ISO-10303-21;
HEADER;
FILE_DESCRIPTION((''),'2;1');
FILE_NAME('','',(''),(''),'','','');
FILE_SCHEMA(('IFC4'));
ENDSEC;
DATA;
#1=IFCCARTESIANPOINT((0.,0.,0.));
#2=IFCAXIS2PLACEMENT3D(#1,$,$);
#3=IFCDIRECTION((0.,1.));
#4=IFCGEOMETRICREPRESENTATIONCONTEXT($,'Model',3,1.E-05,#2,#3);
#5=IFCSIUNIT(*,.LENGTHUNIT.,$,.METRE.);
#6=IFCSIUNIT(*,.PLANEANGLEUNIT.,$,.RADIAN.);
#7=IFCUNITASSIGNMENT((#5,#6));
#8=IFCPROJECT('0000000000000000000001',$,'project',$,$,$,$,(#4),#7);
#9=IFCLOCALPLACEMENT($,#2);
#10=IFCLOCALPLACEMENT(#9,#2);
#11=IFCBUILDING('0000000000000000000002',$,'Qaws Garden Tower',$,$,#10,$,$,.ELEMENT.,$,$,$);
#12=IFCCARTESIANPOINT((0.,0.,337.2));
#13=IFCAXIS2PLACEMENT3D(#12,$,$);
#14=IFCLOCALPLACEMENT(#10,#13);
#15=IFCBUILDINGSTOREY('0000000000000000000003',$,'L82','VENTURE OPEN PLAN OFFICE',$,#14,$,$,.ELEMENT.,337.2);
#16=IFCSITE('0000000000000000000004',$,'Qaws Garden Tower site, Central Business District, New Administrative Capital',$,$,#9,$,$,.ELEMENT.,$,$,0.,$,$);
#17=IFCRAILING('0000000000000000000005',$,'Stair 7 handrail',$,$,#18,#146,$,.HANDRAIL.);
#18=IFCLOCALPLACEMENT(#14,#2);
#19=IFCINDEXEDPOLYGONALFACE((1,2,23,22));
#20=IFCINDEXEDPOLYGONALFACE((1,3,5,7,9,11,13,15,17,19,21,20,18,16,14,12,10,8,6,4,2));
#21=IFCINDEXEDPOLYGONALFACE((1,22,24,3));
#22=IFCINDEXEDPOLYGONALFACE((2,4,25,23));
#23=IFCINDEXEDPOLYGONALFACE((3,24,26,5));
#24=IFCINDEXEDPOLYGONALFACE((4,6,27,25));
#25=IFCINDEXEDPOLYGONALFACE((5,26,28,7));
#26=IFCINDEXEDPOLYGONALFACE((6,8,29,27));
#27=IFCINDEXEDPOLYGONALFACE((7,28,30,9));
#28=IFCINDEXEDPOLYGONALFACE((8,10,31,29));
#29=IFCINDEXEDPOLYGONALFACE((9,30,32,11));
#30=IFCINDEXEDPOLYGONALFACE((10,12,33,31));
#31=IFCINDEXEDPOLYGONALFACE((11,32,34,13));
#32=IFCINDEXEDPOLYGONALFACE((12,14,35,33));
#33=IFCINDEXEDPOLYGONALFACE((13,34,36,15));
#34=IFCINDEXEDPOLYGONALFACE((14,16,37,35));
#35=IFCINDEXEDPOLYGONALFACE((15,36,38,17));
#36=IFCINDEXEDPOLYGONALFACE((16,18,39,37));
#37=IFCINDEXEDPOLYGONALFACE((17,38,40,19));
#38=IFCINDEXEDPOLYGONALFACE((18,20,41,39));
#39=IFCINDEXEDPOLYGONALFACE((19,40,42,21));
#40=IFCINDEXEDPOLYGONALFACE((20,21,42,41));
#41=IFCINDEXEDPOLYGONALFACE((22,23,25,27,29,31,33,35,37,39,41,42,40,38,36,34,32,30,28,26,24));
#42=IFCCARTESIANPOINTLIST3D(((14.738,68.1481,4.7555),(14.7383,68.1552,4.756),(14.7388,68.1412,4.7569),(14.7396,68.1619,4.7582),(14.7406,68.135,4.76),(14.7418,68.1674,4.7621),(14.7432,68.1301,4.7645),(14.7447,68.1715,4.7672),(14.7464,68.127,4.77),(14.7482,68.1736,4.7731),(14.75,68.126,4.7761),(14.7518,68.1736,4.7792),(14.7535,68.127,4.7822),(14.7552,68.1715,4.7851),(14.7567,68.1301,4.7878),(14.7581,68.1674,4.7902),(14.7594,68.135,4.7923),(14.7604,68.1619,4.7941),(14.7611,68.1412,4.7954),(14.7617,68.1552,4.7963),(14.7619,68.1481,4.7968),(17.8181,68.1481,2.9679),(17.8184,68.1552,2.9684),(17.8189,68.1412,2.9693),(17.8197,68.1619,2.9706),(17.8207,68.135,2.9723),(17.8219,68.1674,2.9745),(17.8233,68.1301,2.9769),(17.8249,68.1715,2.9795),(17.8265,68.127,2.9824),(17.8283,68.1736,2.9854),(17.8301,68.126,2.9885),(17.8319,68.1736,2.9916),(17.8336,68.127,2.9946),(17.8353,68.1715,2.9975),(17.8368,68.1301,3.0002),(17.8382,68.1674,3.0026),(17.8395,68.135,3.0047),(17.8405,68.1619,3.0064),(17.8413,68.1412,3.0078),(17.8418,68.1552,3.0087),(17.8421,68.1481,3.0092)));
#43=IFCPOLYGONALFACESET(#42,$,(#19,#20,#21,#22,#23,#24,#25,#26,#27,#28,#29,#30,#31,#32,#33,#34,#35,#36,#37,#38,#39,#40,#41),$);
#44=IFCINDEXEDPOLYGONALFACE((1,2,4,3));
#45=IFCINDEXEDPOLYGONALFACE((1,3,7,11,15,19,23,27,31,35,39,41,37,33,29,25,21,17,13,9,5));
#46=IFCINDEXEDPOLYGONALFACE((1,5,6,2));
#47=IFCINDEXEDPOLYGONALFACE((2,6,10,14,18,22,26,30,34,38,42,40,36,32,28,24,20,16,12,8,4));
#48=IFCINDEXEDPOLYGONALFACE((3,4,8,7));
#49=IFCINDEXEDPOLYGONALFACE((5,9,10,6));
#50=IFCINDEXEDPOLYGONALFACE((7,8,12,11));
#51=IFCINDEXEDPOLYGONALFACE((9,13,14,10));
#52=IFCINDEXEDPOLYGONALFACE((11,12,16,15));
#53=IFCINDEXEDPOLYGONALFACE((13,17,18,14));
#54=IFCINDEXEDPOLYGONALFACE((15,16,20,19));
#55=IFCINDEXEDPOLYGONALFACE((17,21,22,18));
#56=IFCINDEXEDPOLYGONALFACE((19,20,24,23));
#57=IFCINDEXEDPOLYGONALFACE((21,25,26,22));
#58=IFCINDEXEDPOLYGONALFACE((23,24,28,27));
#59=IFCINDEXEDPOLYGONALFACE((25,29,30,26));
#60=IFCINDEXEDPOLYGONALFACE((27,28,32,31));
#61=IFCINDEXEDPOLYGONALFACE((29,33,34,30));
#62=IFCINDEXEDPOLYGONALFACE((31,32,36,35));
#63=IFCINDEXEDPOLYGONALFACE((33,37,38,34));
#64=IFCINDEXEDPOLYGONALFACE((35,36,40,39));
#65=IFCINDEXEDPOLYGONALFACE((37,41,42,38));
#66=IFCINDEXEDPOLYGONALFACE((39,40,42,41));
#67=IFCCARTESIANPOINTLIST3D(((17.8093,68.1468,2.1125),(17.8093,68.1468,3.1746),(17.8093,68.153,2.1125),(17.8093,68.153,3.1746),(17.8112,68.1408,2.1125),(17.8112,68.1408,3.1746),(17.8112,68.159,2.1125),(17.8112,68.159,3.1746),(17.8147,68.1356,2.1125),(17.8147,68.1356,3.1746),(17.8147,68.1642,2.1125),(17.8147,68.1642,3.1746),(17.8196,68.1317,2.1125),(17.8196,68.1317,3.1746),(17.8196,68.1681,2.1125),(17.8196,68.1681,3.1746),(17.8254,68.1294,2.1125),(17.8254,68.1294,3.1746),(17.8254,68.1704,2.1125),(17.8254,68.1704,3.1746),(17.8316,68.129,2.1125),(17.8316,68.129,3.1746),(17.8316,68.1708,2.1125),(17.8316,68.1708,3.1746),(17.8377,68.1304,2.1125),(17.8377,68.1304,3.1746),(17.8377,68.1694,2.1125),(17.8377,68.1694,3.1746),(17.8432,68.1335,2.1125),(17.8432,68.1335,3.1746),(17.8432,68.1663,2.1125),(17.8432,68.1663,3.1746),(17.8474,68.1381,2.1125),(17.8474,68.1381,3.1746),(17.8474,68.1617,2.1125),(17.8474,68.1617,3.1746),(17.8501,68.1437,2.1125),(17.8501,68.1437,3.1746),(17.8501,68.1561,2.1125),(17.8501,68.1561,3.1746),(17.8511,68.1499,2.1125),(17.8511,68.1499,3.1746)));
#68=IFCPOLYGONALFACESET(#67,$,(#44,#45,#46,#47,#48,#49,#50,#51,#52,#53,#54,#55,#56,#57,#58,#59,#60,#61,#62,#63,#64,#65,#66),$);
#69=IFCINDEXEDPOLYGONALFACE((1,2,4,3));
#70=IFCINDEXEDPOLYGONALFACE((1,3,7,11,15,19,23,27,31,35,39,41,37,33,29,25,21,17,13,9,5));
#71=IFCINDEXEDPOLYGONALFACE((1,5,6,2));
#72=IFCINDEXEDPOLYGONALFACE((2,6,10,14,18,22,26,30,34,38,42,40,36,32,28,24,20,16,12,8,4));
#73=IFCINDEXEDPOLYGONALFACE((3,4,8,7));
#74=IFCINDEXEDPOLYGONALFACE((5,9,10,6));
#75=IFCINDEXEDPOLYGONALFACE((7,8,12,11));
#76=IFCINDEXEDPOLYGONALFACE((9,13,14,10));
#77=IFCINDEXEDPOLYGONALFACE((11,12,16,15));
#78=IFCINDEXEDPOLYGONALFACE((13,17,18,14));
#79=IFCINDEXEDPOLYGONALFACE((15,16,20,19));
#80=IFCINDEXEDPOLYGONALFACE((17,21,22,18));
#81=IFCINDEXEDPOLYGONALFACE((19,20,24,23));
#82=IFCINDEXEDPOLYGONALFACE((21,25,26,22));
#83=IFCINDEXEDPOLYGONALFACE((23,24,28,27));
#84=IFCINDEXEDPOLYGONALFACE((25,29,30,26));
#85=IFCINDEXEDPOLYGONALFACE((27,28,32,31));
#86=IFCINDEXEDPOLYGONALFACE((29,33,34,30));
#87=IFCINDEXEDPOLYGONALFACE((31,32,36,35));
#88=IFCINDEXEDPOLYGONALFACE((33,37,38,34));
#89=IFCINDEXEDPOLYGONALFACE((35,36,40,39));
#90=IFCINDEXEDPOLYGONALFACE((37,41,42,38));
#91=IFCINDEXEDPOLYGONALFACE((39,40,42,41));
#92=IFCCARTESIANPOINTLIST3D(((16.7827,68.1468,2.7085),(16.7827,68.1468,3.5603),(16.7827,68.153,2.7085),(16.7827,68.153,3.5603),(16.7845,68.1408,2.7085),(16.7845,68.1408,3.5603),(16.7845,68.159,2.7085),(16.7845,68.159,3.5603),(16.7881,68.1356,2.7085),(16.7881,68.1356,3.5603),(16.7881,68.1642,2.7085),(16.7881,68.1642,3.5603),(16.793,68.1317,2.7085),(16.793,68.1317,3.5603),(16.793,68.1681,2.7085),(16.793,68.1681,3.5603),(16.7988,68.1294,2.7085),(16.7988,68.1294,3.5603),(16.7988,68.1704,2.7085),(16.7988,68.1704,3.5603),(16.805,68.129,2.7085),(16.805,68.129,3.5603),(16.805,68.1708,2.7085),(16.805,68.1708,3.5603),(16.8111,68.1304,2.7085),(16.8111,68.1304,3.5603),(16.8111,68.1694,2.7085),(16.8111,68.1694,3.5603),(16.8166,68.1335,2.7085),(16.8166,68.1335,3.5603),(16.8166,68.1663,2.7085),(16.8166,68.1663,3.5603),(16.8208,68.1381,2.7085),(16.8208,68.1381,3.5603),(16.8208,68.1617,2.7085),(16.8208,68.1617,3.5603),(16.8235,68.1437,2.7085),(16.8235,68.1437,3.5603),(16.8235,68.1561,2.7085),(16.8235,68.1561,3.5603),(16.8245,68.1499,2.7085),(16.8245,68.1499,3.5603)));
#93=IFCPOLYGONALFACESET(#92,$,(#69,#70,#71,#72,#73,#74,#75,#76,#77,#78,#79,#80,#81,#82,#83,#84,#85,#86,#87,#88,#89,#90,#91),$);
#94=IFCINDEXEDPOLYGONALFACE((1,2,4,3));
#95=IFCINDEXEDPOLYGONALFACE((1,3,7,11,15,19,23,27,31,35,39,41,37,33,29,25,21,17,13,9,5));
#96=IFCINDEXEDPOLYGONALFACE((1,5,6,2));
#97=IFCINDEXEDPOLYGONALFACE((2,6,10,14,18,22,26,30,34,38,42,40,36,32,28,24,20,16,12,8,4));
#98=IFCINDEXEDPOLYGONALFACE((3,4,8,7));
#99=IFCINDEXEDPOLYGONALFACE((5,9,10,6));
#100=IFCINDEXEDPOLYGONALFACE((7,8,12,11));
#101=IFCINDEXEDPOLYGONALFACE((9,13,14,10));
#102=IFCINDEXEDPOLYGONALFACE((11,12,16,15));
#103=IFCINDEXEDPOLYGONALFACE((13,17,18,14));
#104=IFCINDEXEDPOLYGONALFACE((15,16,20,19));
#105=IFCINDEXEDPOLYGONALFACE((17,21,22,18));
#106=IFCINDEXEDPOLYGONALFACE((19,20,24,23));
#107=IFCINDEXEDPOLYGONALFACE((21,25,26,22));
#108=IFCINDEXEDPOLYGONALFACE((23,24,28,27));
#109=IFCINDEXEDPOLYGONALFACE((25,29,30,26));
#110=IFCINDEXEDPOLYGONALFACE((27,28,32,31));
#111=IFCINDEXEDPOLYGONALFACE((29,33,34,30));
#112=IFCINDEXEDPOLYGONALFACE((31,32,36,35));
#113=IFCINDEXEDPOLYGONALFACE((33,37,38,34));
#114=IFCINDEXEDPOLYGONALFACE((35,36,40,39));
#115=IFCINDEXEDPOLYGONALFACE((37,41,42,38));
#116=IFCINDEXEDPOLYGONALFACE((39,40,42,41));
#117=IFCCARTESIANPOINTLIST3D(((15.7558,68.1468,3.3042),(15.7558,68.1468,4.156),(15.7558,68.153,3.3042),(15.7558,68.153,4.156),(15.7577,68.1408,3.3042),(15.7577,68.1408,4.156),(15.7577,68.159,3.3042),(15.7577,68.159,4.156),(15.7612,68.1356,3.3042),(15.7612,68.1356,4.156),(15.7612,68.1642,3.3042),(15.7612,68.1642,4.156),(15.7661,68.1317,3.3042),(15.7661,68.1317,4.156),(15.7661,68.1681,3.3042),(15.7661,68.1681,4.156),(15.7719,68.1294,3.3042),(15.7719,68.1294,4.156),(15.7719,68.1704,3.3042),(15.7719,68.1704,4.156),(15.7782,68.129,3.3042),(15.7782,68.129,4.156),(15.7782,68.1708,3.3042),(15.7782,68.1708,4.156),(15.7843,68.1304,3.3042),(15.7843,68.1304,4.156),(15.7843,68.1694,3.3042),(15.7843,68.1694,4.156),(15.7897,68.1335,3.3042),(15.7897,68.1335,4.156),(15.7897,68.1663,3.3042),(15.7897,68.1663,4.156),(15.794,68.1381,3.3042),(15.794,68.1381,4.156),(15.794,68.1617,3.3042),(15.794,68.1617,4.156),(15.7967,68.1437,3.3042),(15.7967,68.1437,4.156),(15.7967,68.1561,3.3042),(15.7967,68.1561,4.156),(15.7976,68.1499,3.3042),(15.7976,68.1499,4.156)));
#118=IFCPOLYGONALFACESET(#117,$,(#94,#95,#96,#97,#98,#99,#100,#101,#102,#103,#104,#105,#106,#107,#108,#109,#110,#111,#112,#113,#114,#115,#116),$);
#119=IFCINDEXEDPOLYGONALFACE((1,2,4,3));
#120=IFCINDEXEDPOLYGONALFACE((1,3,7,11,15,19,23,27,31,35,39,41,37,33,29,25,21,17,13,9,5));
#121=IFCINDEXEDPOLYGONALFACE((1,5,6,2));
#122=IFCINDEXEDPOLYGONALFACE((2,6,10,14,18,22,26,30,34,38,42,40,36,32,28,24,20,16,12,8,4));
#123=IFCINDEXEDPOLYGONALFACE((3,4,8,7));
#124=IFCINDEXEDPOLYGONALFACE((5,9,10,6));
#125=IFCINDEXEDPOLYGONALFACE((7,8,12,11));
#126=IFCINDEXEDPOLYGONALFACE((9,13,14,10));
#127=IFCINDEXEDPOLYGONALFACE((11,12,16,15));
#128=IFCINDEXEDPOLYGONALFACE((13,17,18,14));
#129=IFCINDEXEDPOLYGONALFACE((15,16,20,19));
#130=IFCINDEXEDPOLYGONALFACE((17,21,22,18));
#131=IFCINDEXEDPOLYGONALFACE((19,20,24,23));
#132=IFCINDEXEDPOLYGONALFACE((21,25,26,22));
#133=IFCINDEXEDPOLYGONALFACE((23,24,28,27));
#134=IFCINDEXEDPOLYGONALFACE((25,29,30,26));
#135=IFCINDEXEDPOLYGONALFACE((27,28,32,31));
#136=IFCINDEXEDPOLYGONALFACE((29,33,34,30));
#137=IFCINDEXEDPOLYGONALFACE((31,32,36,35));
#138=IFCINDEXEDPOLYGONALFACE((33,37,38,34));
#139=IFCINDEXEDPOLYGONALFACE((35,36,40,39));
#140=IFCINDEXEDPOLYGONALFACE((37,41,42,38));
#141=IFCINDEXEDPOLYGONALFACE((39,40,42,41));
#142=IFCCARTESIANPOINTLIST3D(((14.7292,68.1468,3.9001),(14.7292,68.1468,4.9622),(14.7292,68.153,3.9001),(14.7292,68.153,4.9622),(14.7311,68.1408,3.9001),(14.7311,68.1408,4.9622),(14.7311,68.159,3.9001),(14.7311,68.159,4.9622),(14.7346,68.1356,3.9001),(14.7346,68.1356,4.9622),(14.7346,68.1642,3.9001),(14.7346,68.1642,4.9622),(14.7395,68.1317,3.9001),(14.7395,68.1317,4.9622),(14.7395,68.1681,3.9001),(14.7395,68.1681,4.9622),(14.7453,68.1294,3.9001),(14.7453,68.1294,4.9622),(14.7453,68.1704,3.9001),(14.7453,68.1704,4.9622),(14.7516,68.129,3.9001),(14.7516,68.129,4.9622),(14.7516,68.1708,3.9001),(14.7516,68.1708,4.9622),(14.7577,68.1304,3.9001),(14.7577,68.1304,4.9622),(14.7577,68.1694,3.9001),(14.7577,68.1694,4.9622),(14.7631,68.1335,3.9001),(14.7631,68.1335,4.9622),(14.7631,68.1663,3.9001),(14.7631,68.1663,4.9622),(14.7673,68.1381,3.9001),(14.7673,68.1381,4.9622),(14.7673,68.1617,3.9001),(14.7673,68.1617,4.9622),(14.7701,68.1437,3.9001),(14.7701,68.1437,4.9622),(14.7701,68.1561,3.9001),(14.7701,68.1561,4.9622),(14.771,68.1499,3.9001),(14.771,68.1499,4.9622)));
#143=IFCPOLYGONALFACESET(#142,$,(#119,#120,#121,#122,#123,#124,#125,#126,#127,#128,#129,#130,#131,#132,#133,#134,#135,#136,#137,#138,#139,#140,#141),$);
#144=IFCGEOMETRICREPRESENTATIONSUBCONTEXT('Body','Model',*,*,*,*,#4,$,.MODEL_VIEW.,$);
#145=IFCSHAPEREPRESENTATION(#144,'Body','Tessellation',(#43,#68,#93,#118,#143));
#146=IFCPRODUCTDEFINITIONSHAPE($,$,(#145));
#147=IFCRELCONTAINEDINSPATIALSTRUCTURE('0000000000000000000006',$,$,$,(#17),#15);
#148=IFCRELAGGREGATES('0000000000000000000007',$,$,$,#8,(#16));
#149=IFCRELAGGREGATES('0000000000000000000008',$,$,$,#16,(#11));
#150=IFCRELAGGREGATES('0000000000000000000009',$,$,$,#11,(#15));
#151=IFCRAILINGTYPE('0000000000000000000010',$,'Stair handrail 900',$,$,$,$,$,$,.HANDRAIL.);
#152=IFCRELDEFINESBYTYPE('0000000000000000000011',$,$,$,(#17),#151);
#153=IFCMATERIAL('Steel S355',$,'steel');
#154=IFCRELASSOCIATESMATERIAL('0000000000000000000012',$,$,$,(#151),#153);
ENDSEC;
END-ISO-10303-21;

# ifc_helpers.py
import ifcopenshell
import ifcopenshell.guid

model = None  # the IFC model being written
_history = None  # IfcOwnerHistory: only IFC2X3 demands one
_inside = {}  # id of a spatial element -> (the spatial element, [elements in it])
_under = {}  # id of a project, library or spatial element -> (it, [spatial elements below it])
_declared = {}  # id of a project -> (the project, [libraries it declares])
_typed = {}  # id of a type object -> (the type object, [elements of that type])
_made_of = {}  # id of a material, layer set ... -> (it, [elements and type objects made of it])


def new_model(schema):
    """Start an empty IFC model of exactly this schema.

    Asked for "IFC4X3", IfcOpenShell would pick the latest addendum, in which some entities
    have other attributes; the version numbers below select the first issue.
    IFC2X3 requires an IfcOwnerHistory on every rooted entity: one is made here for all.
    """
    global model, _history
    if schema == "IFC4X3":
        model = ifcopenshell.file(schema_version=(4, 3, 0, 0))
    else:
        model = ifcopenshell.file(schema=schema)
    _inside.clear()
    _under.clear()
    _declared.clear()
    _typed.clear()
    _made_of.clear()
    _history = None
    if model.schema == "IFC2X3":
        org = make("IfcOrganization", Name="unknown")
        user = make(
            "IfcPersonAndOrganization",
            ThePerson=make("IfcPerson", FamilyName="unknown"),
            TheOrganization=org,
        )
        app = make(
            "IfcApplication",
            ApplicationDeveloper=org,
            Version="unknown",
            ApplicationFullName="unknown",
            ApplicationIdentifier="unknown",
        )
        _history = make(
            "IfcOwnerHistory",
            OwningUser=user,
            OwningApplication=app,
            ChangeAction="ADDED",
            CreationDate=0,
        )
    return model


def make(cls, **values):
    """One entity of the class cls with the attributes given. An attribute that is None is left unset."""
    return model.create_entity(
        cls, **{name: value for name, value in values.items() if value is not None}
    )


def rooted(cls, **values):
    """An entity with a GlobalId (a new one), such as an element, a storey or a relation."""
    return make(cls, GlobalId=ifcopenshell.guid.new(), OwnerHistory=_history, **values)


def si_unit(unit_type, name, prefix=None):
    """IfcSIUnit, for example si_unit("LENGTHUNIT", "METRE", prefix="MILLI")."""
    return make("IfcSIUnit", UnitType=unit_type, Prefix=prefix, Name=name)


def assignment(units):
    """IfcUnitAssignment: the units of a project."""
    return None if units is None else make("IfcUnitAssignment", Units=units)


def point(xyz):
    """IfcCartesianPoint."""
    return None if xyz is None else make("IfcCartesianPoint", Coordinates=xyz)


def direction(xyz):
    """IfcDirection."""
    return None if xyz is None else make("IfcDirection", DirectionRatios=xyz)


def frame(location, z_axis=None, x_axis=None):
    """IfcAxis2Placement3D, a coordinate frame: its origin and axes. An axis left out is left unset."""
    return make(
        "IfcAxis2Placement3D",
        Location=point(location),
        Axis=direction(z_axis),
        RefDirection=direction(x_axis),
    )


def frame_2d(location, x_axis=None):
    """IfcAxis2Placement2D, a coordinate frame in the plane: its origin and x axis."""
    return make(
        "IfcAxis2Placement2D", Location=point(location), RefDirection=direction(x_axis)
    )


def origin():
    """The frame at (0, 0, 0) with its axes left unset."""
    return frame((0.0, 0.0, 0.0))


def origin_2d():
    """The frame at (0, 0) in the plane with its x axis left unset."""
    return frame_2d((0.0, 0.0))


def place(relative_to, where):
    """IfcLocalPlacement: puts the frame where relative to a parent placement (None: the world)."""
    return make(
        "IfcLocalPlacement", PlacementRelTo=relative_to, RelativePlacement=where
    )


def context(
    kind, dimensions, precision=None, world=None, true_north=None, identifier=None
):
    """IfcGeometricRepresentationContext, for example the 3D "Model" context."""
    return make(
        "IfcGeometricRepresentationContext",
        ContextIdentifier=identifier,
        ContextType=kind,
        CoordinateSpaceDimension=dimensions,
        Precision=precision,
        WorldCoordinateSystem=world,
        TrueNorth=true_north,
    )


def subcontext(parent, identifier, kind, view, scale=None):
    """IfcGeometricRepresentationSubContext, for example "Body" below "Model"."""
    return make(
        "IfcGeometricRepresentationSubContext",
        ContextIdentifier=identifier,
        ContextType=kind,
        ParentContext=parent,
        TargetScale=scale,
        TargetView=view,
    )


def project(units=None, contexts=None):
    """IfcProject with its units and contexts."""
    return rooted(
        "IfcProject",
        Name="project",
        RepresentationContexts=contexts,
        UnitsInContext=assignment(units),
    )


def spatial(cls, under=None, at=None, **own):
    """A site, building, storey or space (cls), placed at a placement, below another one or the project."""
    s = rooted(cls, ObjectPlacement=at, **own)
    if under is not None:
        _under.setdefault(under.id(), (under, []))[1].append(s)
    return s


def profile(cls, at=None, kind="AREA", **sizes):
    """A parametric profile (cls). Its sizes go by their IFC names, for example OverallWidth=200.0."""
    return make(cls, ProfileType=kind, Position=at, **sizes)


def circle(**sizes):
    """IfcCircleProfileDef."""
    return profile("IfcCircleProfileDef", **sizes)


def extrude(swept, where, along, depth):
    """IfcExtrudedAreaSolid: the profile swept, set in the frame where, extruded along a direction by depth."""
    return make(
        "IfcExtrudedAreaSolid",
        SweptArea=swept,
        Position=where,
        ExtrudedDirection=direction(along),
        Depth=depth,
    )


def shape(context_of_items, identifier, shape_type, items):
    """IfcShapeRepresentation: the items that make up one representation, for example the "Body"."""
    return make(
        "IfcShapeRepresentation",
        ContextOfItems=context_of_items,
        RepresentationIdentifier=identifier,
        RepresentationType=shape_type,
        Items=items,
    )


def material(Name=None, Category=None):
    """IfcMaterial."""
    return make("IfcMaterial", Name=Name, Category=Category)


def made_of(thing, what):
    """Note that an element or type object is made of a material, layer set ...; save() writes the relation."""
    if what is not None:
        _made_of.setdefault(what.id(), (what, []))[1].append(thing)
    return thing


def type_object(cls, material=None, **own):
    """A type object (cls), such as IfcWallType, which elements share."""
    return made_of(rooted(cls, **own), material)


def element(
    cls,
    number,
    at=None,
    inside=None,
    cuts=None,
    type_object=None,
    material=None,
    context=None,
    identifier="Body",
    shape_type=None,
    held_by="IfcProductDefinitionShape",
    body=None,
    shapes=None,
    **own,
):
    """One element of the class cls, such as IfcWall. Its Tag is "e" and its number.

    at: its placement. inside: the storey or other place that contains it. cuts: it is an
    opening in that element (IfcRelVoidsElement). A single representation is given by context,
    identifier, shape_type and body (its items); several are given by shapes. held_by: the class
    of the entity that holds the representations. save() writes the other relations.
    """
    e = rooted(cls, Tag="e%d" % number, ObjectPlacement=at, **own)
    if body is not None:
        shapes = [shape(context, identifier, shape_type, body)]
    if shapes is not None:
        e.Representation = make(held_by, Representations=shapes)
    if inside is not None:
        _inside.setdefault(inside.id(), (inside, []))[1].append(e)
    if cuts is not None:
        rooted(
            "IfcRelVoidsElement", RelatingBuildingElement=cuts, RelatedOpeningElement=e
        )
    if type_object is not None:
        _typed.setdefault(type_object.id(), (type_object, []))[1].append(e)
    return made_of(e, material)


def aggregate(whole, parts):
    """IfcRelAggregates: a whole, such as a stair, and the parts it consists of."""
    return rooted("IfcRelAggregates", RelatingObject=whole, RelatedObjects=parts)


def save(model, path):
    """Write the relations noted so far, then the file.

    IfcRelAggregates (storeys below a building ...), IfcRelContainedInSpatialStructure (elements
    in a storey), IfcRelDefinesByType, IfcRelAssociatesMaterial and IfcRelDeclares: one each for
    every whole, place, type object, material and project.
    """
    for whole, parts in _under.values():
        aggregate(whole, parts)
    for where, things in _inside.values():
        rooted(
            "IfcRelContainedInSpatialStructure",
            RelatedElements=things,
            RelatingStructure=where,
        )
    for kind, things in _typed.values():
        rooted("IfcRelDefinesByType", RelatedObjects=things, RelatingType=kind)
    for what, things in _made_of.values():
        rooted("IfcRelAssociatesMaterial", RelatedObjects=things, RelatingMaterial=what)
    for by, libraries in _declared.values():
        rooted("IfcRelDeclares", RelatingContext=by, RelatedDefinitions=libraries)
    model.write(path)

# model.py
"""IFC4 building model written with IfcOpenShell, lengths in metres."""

from ifc_helpers import new_model, si_unit, direction, frame, origin, origin_2d, place, context, subcontext, project, spatial, circle, extrude, material, type_object, element, save


model = new_model("IFC4")

# Units and contexts
model_context = context("Model", 3, precision=1e-05, world=origin(), true_north=direction((0.0, 1.0)))
body_context = subcontext(model_context, "Body", "Model", "MODEL_VIEW")
ifc_project = project(units=[si_unit("LENGTHUNIT", "METRE"), si_unit("PLANEANGLEUNIT", "RADIAN")], contexts=[model_context])

# Site, building, storey
site_placement = place(None, origin())
site = spatial("IfcSite", under=ifc_project, at=site_placement, Name="Qaws Garden Tower site, Central Business District, New Administrative Capital", CompositionType="ELEMENT", RefElevation=0.0)
building_placement = place(site_placement, origin())
building = spatial("IfcBuilding", under=site, at=building_placement, Name="Qaws Garden Tower", CompositionType="ELEMENT")
storey_placement = place(building_placement, frame((0.0, 0.0, 337.2)))
storey = spatial("IfcBuildingStorey", under=building, at=storey_placement, Name="L82", Description="VENTURE OPEN PLAN OFFICE", CompositionType="ELEMENT", Elevation=337.2)

# Railing
ifc_material_1 = material(Name="Steel S355", Category="steel")
railing_type = type_object("IfcRailingType", Name="Stair handrail 900", PredefinedType="HANDRAIL", material=ifc_material_1)
railing_1_placement = place(storey_placement, frame((17.8301, 68.1499, 2.1125)))
element("IfcRailing", 1, at=railing_1_placement, inside=storey, type_object=railing_type, Name="Stair 7 handrail", PredefinedType="HANDRAIL", context=body_context, shape_type="SweptSolid", body=[
    extrude(circle(Radius=0.0239, at=origin_2d()), frame((0.0, 0.0, 0.876), z_axis=(-0.864891, 0.0, 0.50196), x_axis=(0.0, -1.0, 0.0)), (0.0, 0.0, 1.0), 3.5613),
    extrude(circle(Radius=0.021, at=origin_2d()), origin(), (0.0, 0.0, 1.0), 1.062),
    extrude(circle(Radius=0.021, at=origin_2d()), frame((-1.0266, 0.0, 0.5959)), (0.0, 0.0, 1.0), 0.8518),
    extrude(circle(Radius=0.021, at=origin_2d()), frame((-2.0535, 0.0, 1.1917)), (0.0, 0.0, 1.0), 0.8518),
    extrude(circle(Radius=0.021, at=origin_2d()), frame((-3.0801, 0.0, 1.7876)), (0.0, 0.0, 1.0), 1.062),
])

save(model, "model.ifc")
